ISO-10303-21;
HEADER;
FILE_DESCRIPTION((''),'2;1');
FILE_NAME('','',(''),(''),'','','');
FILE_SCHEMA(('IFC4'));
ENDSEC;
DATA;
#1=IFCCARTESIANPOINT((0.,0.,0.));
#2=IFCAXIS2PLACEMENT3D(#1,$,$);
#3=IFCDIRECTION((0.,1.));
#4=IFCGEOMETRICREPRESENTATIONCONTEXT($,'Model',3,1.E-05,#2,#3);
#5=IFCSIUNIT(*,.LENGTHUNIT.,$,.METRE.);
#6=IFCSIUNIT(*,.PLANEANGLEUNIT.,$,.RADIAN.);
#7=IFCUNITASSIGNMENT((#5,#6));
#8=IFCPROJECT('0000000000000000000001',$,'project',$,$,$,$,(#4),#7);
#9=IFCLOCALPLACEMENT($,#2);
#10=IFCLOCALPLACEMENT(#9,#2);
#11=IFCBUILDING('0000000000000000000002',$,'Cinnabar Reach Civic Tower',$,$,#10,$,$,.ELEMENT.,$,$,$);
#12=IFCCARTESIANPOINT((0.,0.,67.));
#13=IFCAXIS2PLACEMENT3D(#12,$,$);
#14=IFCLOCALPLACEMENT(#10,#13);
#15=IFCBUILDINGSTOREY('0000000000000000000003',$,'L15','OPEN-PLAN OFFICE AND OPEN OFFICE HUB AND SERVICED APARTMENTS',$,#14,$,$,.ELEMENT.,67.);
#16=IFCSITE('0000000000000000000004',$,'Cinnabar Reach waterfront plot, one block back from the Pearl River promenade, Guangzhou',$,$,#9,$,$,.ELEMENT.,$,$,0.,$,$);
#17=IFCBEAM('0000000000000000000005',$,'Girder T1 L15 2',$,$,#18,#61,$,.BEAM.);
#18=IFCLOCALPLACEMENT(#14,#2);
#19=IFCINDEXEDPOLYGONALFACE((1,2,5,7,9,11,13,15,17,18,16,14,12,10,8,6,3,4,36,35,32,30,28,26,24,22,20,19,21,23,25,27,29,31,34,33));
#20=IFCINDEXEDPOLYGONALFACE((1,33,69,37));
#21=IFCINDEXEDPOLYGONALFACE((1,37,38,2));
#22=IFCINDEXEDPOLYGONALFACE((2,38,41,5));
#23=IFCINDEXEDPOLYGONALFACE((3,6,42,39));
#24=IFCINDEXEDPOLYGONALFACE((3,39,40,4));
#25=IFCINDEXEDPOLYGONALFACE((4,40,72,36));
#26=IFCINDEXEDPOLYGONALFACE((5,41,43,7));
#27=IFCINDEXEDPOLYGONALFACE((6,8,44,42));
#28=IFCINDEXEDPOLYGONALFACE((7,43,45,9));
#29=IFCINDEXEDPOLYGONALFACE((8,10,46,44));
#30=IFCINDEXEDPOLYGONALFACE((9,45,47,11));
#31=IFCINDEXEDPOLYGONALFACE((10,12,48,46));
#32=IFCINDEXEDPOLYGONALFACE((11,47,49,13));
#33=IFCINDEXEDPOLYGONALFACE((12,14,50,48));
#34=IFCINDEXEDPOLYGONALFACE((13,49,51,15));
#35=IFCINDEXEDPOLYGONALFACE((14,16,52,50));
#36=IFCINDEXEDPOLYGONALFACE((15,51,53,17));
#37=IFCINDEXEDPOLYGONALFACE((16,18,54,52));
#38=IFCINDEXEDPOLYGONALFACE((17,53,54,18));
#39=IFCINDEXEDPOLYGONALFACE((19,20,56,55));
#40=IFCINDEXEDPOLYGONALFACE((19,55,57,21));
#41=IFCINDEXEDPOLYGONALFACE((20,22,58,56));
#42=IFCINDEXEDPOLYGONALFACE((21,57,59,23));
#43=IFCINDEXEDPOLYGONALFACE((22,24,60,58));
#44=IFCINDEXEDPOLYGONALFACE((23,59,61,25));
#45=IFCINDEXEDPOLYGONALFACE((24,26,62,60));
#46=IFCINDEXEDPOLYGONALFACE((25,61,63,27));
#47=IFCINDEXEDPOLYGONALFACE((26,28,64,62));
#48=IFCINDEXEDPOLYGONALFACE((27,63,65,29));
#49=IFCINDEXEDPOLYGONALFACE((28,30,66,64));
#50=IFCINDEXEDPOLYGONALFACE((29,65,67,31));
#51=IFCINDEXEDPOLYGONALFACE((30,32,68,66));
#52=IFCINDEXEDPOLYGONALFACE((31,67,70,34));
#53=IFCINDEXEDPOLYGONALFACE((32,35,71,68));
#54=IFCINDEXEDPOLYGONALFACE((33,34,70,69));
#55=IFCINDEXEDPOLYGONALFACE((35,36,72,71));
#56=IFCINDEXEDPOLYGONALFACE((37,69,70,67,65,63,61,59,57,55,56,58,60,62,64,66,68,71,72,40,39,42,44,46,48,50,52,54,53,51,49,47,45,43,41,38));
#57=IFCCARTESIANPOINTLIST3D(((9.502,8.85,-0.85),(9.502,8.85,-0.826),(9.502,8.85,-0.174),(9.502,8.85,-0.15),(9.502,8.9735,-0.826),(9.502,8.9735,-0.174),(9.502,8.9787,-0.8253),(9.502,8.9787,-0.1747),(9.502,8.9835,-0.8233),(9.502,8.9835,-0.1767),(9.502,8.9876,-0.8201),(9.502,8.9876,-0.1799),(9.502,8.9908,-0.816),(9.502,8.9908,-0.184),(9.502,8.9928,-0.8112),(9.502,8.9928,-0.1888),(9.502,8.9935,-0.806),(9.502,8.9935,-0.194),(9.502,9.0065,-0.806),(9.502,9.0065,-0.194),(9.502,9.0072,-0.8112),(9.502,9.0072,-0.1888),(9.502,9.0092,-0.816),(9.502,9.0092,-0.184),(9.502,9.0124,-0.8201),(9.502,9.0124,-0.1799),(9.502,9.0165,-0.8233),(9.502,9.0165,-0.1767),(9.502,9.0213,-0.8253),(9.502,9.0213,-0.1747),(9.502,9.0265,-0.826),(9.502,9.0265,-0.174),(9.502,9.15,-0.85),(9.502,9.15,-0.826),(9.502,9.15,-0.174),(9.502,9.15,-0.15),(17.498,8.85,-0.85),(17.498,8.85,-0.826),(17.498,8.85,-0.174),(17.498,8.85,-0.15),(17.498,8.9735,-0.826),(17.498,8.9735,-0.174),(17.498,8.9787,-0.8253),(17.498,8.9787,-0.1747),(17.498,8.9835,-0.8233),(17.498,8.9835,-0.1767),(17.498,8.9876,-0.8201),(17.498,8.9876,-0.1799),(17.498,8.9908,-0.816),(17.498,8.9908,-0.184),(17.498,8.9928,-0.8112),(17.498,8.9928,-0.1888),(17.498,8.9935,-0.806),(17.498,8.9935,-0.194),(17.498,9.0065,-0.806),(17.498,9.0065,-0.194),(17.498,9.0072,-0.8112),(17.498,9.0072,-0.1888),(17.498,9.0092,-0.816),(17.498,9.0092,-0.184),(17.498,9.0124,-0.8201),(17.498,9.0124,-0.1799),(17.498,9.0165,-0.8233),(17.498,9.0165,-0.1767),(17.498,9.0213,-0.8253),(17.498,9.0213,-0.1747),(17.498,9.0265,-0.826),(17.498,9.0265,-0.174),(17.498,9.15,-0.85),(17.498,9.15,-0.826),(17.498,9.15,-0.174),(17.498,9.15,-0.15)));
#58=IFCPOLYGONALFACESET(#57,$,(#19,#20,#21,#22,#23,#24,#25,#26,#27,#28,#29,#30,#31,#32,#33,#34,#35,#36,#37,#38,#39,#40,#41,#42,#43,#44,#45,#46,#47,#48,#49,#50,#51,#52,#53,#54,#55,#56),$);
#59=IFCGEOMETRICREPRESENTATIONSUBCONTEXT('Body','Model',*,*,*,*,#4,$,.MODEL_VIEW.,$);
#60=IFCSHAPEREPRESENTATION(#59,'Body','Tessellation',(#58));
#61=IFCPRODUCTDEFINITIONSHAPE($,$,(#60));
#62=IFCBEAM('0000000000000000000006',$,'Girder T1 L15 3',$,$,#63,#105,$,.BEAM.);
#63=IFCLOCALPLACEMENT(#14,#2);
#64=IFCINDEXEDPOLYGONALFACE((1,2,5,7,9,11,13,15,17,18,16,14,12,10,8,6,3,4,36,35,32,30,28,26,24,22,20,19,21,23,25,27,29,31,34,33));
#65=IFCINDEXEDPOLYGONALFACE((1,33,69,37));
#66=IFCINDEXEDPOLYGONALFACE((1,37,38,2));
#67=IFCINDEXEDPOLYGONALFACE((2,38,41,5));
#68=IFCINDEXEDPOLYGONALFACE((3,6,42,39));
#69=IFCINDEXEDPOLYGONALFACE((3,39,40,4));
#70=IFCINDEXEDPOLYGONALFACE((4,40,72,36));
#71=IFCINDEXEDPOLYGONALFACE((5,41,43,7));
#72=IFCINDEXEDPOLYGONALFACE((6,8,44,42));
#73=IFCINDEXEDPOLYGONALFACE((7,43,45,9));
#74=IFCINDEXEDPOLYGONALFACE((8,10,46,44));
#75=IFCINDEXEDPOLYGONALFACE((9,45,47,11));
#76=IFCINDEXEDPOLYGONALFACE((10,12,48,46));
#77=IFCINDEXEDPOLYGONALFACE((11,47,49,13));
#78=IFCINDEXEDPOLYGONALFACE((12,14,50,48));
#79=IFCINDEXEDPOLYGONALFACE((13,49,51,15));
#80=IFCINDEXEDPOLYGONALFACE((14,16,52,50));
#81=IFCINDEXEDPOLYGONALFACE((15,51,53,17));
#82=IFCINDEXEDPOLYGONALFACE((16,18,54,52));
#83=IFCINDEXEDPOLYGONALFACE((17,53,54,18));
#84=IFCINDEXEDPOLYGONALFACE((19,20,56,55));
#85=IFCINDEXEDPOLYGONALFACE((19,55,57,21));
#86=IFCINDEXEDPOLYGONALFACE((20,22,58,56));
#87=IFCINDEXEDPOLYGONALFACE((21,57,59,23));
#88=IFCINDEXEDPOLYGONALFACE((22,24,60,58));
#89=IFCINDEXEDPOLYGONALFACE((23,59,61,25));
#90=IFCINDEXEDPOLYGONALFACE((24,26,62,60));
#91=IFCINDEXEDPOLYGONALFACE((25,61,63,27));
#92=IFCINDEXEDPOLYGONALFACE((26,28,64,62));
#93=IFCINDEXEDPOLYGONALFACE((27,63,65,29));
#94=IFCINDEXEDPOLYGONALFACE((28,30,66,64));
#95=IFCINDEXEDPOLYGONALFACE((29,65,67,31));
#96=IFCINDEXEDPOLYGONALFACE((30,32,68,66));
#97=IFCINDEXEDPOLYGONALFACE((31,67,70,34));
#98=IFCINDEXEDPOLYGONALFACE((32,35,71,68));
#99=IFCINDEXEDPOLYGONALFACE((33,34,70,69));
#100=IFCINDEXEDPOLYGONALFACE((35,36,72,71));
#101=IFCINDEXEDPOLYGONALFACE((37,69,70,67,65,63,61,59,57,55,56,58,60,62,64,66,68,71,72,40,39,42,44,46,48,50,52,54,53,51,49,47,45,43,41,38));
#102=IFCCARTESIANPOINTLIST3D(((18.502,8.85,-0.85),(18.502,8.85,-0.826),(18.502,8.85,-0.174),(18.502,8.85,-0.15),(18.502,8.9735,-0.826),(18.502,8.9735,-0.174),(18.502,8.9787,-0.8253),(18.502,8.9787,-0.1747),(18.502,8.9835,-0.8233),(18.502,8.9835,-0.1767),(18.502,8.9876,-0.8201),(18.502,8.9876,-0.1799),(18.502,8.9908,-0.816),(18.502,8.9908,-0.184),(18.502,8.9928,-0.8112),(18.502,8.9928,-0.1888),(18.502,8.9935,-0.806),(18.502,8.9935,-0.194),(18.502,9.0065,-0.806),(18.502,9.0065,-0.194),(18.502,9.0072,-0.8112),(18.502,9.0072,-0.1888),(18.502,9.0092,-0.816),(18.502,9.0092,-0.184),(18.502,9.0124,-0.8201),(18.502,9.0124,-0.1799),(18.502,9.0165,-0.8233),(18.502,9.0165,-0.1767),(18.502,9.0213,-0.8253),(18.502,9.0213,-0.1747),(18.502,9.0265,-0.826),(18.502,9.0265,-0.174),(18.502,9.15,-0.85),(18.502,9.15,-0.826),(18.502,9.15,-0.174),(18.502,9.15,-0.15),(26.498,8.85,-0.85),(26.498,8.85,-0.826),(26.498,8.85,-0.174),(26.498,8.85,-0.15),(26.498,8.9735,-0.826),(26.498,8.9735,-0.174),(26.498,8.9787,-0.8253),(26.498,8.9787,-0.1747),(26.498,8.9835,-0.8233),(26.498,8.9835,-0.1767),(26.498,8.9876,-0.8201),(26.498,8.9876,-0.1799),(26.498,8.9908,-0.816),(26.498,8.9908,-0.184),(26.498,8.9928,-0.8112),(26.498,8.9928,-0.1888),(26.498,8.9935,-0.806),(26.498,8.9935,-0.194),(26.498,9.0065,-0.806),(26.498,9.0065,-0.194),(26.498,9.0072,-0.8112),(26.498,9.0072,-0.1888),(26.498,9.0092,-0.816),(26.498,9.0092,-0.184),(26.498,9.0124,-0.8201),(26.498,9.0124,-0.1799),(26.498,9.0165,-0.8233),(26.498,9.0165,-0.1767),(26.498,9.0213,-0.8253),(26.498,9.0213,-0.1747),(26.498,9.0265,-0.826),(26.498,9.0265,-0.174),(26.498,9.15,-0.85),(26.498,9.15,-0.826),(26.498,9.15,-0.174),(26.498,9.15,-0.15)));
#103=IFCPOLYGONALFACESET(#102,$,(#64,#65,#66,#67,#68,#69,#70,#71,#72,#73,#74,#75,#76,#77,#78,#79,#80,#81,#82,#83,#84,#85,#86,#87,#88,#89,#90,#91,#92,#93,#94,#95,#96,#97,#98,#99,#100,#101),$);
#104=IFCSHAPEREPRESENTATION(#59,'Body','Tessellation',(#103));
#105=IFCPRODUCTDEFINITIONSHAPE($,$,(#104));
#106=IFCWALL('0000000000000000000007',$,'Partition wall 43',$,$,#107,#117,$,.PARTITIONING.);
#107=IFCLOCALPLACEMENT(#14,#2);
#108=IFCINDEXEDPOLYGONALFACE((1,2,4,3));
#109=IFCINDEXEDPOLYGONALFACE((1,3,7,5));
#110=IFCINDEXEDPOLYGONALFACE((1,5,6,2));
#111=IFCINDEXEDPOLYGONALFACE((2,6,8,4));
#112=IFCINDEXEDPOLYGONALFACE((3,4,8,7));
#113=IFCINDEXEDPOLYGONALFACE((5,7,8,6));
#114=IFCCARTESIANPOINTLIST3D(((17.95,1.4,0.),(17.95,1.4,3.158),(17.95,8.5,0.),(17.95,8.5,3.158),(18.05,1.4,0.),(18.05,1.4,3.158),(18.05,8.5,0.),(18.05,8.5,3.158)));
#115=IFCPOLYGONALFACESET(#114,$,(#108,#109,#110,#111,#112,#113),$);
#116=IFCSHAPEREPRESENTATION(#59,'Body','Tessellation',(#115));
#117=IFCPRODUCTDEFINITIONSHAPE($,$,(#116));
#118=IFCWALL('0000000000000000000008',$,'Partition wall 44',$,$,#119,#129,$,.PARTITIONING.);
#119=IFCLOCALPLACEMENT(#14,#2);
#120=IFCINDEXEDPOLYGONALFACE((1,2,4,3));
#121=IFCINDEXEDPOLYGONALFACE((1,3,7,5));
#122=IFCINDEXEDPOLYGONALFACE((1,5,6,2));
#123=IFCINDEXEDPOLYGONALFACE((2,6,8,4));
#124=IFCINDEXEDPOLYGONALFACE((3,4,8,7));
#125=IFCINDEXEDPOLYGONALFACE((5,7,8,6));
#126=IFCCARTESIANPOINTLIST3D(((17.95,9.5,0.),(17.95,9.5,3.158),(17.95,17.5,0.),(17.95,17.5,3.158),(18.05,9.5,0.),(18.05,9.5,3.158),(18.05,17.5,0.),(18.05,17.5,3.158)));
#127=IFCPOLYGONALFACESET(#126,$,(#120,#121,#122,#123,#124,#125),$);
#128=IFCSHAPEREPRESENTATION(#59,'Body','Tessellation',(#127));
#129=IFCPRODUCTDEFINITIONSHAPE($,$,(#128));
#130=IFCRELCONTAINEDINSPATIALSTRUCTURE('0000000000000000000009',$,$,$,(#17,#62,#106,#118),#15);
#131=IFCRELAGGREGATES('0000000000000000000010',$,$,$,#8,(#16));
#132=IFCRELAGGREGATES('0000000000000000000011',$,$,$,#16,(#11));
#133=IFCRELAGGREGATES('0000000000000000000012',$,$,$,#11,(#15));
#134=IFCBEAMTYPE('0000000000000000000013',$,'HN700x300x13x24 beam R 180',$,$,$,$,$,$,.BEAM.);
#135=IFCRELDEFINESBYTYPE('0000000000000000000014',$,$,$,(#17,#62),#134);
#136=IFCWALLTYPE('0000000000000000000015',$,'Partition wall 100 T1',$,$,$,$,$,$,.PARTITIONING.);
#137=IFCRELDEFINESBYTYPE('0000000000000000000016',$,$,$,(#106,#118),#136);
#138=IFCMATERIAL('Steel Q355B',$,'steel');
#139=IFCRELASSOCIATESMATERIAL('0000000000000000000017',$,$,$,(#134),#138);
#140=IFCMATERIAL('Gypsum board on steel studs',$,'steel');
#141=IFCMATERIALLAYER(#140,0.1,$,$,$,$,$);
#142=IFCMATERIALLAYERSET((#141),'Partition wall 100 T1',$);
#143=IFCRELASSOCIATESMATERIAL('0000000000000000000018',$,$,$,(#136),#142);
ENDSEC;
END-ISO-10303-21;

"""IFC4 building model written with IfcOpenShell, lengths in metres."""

from ifc_helpers import new_model, si_unit, direction, frame, frame_2d, origin, origin_2d, place, context, subcontext, project, spatial, rectangle, i_section, extrude, material, layer, layer_set, material_profile, profile_set, type_object, element, save


model = new_model("IFC4")

# Units and contexts
model_context = context("Model", 3, precision=1e-05, world=origin(), true_north=direction((0.0, 1.0)))
body_context = subcontext(model_context, "Body", "Model", "MODEL_VIEW")
ifc_project = project(units=[si_unit("LENGTHUNIT", "METRE"), si_unit("PLANEANGLEUNIT", "RADIAN")], contexts=[model_context])

# Site, building, storey
site_placement = place(None, origin())
site = spatial("IfcSite", under=ifc_project, at=site_placement, Name="Cinnabar Reach waterfront plot, one block back from the Pearl River promenade, Guangzhou", CompositionType="ELEMENT", RefElevation=0.0)
building_placement = place(site_placement, origin())
building = spatial("IfcBuilding", under=site, at=building_placement, Name="Cinnabar Reach Civic Tower", CompositionType="ELEMENT")
storey_placement = place(building_placement, frame((0.0, 0.0, 67.0)))
storey = spatial("IfcBuildingStorey", under=building, at=storey_placement, Name="L15", Description="OPEN-PLAN OFFICE AND OPEN OFFICE HUB AND SERVICED APARTMENTS", CompositionType="ELEMENT", Elevation=67.0)

# Beams
ifc_material_1 = material(Name="Steel Q355B", Category="steel")
ifc_material_profile_1 = material_profile(ifc_material_1, i_section(OverallWidth=0.3, OverallDepth=0.7, WebThickness=0.013, FlangeThickness=0.024, FilletRadius=0.02, at=origin_2d()), Name="HN700x300x13x24")
ifc_profile_set_1 = profile_set([ifc_material_profile_1], Name="Steel Q355B")
beam_type_1 = type_object("IfcBeamType", Name="HN700x300x13x24 beam R 180", PredefinedType="BEAM", material=ifc_profile_set_1)
for number, where, z_axis, x_axis, name in (
    (1, (9.502, 9.0, -0.5), (1.0, 0.0, 0.0), (0.0, 1.0, 0.0), "Girder T1 L15 2"),
    (2, (18.502, 9.0, -0.5), (1.0, 0.0, 0.0), (0.0, 1.0, 0.0), "Girder T1 L15 3"),
):
    element("IfcBeam", number, at=place(storey_placement, frame(where, z_axis=z_axis, x_axis=x_axis)), inside=storey, type_object=beam_type_1, Name=name, PredefinedType="BEAM", context=body_context, shape_type="SweptSolid", body=[
        extrude(i_section(OverallWidth=0.3, OverallDepth=0.7, WebThickness=0.013, FlangeThickness=0.024, FilletRadius=0.02, at=origin_2d()), origin(), (0.0, 0.0, 1.0), 7.996),
    ])

# Walls
ifc_material_2 = material(Name="Gypsum board on steel studs", Category="steel")
ifc_layer = layer(ifc_material_2, 0.1)
ifc_layer_set = layer_set([ifc_layer], Name="Partition wall 100 T1")
wall_type = type_object("IfcWallType", Name="Partition wall 100 T1", PredefinedType="PARTITIONING", material=ifc_layer_set)
wall_1_placement = place(storey_placement, frame((18.0, 1.4, 0.0), z_axis=(0.0, 0.0, 1.0), x_axis=(0.0, 1.0, 0.0)))
element("IfcWall", 3, at=wall_1_placement, inside=storey, type_object=wall_type, Name="Partition wall 43", PredefinedType="PARTITIONING", context=body_context, shape_type="SweptSolid", body=[
    extrude(rectangle(XDim=7.1, YDim=0.1, at=frame_2d((3.55, 0.0))), origin(), (0.0, 0.0, 1.0), 3.158),
])
wall_2_placement = place(storey_placement, frame((18.0, 9.5, 0.0), z_axis=(0.0, 0.0, 1.0), x_axis=(0.0, 1.0, 0.0)))
element("IfcWall", 4, at=wall_2_placement, inside=storey, type_object=wall_type, Name="Partition wall 44", PredefinedType="PARTITIONING", context=body_context, shape_type="SweptSolid", body=[
    extrude(rectangle(XDim=8.0, YDim=0.1, at=frame_2d((4.0, 0.0))), origin(), (0.0, 0.0, 1.0), 3.158),
])

save(model, "model.ifc")
